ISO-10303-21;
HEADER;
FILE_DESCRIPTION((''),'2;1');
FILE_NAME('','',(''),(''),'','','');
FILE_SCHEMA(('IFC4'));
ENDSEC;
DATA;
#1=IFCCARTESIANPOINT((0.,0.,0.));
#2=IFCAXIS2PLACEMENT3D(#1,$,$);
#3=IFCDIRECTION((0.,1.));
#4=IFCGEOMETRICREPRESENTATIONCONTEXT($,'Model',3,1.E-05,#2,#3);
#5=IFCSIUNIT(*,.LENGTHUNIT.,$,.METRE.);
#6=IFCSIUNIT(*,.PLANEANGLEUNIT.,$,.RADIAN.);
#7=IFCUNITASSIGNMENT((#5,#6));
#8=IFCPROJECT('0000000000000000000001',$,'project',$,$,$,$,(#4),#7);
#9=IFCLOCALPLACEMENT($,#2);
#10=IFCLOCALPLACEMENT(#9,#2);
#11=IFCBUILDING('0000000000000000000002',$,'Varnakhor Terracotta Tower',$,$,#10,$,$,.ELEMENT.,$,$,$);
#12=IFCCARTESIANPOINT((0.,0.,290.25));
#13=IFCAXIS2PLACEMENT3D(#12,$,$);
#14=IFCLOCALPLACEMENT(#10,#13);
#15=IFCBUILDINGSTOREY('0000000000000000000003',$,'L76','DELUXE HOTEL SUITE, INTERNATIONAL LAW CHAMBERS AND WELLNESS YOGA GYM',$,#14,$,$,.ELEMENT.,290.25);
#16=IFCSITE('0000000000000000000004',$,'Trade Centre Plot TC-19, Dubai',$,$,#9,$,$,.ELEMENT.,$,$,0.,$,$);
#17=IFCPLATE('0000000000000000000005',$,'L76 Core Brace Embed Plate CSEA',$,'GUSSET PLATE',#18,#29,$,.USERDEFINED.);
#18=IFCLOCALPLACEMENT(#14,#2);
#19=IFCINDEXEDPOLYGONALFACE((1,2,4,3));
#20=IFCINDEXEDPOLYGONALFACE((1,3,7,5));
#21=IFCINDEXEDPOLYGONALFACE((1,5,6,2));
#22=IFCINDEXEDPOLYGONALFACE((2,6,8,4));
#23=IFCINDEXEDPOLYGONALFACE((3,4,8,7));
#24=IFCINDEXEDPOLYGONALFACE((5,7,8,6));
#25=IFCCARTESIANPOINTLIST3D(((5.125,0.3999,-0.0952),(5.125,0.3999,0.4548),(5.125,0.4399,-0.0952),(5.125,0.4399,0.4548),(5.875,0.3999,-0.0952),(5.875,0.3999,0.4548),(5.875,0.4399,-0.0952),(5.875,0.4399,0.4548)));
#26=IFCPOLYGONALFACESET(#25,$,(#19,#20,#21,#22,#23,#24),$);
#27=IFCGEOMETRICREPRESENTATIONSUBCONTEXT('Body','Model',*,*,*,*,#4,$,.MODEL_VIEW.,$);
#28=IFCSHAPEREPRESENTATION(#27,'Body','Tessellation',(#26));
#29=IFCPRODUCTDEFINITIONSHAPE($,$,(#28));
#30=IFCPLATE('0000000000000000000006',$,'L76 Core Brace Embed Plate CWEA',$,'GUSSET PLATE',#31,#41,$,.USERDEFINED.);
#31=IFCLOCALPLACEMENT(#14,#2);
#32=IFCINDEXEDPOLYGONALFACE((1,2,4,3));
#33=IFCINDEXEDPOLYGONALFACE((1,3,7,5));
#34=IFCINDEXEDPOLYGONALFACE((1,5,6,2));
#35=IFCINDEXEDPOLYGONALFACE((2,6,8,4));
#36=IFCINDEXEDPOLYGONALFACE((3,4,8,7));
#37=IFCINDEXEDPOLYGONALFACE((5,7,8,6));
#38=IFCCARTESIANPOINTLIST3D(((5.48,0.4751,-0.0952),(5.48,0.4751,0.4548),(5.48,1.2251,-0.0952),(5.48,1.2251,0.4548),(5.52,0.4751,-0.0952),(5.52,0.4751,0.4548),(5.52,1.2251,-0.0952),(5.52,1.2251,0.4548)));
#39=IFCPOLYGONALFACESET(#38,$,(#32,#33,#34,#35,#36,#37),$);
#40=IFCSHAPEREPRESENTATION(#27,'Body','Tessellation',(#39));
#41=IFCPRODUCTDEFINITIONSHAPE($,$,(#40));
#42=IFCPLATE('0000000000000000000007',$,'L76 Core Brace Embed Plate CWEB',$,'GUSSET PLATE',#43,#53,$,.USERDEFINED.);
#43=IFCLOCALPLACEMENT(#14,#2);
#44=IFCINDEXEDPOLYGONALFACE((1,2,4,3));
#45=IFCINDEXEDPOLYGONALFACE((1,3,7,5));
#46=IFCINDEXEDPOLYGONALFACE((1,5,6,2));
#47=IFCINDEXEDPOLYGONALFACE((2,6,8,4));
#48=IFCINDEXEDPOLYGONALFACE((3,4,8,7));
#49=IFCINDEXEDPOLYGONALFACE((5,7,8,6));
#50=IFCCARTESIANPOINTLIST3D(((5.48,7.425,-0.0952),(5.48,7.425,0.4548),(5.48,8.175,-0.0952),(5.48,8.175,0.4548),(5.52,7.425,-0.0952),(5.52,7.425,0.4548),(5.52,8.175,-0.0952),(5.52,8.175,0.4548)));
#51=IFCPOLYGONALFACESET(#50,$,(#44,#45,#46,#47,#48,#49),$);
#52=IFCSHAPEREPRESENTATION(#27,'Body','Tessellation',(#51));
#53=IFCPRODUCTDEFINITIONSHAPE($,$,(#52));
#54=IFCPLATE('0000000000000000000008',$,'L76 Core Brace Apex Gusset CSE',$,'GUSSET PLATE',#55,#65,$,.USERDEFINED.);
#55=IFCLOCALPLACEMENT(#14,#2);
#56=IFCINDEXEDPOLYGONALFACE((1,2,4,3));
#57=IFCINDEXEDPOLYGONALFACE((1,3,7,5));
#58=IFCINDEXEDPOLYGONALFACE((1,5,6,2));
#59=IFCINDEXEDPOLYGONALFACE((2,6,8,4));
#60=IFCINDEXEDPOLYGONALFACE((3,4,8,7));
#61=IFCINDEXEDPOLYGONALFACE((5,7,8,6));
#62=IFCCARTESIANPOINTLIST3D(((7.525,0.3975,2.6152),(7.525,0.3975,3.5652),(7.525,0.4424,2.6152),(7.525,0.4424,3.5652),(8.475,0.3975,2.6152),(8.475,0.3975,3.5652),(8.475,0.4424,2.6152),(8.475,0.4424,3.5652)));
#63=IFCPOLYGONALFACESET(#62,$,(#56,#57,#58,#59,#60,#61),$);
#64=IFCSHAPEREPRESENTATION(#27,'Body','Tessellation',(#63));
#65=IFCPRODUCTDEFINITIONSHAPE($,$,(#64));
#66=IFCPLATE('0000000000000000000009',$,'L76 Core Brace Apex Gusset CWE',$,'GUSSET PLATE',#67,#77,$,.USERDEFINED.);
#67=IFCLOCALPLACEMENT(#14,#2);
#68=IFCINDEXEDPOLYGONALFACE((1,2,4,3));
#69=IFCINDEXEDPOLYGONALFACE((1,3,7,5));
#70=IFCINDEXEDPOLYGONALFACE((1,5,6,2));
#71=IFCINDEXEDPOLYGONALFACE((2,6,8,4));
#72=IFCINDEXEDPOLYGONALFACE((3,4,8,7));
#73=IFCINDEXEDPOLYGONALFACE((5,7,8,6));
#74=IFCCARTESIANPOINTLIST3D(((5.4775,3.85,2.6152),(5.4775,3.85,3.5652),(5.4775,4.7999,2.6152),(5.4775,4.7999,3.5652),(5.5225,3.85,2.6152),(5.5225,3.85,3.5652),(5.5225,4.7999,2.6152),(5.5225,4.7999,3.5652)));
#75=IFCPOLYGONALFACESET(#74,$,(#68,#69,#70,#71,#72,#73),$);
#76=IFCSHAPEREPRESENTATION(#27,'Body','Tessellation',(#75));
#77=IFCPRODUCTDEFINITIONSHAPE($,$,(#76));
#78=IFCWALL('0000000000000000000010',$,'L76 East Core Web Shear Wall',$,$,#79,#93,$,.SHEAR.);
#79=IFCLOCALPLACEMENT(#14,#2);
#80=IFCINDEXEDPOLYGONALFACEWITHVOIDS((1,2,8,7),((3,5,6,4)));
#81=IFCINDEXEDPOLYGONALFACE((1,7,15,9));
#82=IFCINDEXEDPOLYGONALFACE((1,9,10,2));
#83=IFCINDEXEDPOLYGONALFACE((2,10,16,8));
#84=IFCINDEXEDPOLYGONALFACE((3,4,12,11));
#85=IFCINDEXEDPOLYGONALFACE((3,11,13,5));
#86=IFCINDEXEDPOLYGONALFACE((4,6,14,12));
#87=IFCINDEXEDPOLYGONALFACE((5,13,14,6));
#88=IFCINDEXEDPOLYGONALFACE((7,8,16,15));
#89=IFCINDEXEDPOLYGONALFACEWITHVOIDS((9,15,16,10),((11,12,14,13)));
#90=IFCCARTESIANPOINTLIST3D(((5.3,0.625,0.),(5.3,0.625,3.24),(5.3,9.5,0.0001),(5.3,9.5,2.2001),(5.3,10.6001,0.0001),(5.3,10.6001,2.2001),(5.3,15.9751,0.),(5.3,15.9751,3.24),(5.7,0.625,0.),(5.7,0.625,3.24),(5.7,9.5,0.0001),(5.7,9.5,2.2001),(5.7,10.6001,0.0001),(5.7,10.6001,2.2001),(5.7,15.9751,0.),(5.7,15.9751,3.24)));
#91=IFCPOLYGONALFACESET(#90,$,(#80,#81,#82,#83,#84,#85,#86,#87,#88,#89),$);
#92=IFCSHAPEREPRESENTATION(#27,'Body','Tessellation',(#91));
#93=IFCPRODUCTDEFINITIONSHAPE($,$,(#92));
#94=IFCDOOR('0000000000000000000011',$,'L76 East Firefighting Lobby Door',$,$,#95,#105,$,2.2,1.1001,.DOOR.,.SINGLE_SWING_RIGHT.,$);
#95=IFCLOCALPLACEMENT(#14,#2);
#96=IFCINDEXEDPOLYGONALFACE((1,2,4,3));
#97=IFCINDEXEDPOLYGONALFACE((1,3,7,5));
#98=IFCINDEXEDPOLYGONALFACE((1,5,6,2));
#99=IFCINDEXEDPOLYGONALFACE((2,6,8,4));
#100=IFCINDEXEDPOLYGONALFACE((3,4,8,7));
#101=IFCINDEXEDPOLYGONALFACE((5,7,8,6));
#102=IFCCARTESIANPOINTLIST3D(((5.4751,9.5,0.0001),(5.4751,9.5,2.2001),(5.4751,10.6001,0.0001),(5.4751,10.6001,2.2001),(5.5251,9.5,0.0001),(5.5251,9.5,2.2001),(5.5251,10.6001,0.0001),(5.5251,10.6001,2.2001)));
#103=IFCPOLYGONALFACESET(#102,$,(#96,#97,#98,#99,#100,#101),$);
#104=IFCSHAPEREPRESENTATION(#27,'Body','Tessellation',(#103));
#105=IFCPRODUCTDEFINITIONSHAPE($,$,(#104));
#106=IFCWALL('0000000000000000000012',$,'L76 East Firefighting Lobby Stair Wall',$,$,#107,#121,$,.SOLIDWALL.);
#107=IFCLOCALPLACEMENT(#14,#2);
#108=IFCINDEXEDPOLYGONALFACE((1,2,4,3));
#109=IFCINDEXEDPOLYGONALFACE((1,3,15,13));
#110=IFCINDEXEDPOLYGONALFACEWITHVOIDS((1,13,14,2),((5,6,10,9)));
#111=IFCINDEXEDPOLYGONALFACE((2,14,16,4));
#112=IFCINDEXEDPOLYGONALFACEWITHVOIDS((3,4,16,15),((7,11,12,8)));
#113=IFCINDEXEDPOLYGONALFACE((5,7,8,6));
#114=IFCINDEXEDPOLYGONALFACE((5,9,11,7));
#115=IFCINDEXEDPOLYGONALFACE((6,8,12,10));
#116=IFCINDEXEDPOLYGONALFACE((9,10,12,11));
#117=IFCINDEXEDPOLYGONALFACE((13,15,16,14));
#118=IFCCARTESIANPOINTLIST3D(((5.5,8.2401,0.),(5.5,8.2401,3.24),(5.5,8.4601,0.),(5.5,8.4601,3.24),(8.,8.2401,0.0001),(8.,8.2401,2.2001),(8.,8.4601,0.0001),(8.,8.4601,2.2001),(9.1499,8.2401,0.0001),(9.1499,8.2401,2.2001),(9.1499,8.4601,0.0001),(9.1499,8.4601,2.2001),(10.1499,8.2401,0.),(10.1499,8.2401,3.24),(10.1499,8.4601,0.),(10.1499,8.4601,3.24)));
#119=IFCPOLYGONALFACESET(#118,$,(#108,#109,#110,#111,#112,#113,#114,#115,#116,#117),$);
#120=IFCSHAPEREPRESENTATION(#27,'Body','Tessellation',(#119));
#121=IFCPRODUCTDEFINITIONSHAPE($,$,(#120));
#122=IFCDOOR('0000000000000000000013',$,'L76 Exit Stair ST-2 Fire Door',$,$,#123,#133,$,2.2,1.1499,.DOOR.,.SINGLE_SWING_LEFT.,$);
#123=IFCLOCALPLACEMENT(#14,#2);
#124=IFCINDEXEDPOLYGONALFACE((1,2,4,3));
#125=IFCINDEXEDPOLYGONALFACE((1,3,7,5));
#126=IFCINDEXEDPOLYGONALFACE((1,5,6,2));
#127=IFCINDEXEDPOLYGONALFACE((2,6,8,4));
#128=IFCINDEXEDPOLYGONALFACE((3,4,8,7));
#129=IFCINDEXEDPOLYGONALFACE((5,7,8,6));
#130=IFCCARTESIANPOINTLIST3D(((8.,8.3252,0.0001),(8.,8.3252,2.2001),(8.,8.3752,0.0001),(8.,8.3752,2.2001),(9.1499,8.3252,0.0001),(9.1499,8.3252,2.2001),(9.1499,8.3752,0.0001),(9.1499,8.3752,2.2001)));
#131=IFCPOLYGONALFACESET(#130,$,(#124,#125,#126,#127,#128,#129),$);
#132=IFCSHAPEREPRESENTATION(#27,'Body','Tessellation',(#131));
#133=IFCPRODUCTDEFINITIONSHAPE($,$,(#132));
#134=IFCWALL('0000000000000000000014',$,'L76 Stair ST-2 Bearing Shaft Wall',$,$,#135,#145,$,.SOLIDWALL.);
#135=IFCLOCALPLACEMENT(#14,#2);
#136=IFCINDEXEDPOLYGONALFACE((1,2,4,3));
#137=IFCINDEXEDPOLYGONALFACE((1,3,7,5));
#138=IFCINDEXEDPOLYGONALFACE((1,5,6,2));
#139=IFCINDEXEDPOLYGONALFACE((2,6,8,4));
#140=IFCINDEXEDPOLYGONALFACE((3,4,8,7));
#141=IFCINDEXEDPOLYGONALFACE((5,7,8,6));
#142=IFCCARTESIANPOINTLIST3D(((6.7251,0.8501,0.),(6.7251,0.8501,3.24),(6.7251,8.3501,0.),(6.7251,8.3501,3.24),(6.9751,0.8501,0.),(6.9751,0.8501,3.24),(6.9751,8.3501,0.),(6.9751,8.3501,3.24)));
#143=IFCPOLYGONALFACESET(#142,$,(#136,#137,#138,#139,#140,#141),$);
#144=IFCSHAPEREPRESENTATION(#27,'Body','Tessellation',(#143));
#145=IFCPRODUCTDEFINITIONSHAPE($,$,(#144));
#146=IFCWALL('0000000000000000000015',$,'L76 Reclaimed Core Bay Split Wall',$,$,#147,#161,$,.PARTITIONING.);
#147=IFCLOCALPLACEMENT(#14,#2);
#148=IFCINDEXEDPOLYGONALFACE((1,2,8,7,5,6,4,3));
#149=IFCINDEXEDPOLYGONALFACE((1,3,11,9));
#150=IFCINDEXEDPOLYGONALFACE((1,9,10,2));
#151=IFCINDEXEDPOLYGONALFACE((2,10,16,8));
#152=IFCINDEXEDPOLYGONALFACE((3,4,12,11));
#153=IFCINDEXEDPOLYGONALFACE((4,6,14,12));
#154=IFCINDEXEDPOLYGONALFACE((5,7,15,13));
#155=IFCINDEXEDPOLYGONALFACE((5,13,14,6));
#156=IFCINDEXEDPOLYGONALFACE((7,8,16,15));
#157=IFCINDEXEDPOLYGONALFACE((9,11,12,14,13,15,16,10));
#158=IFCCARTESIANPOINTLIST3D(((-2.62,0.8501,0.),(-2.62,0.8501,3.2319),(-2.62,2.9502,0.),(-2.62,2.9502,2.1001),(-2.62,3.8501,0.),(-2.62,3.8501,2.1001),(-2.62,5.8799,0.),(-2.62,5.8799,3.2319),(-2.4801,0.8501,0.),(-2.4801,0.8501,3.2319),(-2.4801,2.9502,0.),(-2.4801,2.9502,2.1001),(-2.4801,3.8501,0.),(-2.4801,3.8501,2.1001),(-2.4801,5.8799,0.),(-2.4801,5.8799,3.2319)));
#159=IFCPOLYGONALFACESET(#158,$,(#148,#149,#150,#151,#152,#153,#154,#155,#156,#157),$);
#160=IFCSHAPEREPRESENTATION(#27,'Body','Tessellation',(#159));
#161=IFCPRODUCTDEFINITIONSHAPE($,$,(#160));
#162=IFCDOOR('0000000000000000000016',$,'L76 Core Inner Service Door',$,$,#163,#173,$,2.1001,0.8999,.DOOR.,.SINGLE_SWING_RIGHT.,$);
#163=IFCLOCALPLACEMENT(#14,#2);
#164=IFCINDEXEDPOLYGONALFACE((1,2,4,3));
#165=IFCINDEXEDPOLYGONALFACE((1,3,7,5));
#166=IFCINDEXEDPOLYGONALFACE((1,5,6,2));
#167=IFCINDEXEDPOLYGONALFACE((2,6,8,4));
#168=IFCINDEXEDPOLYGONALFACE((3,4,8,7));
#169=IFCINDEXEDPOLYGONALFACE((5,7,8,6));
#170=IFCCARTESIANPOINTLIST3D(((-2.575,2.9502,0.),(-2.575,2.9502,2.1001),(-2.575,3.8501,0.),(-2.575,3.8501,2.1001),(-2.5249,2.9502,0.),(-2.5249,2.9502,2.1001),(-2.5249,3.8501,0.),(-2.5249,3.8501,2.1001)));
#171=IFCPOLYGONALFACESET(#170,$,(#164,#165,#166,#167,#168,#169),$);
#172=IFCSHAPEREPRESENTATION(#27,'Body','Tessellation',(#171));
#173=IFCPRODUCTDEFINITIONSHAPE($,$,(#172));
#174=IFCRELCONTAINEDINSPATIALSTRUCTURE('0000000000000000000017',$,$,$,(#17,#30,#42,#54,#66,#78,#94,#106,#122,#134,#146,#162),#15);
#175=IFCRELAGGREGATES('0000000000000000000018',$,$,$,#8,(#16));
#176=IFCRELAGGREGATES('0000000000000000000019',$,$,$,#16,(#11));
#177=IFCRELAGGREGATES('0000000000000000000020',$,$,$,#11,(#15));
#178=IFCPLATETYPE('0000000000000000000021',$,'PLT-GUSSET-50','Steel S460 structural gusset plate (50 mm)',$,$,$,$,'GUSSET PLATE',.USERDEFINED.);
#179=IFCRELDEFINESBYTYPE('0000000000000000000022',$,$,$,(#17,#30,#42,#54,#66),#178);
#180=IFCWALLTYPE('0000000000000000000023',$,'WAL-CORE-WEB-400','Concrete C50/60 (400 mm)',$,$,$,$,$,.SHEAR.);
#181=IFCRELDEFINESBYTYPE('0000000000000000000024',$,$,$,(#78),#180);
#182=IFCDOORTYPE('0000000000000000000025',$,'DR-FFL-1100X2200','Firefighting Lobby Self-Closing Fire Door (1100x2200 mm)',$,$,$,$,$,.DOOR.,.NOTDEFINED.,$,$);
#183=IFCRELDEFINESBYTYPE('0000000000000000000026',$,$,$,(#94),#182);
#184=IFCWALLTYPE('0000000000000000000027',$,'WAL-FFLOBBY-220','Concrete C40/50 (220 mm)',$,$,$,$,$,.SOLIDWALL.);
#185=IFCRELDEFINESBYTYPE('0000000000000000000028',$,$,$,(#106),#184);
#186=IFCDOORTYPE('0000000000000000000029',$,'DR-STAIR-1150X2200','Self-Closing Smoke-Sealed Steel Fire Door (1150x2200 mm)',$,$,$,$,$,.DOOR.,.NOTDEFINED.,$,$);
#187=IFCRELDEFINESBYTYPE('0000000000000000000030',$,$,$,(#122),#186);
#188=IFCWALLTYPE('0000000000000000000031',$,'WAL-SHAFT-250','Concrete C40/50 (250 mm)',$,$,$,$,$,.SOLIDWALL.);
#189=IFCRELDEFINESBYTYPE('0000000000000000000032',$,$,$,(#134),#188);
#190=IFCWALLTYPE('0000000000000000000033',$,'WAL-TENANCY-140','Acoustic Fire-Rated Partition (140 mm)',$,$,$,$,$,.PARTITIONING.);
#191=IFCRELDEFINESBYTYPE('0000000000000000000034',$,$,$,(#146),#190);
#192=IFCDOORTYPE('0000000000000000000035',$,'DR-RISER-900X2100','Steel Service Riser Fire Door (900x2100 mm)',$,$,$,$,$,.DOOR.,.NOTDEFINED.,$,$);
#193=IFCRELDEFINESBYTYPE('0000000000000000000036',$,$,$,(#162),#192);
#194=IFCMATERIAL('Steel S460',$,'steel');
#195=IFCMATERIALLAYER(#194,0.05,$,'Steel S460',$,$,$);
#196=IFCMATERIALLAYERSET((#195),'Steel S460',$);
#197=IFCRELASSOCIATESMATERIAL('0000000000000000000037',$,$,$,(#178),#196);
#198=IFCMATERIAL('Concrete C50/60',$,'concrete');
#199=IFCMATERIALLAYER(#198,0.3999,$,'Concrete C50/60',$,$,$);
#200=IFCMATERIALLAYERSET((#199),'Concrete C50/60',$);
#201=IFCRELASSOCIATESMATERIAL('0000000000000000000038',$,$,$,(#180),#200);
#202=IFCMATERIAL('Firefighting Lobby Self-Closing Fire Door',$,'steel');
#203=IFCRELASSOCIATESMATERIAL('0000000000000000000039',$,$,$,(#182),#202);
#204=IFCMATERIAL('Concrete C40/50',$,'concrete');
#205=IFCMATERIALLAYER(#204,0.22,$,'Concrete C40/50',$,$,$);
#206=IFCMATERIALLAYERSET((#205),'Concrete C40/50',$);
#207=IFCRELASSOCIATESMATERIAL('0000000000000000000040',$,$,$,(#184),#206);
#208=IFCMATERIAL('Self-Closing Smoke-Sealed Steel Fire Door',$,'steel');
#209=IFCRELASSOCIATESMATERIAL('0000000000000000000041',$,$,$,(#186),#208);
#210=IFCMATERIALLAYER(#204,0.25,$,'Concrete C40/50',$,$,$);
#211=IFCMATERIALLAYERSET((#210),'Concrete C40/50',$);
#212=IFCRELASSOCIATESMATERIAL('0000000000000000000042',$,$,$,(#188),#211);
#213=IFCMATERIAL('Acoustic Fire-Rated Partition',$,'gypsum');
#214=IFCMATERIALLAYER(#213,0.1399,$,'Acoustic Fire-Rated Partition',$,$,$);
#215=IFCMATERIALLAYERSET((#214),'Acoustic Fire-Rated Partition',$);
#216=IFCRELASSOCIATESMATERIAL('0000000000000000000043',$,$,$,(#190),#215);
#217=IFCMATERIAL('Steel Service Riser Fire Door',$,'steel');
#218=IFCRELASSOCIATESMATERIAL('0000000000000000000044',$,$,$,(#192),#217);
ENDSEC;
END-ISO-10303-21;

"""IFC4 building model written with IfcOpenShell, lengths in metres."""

from ifc_helpers import new_model, si_unit, direction, frame, frame_2d, origin, origin_2d, place, context, subcontext, project, spatial, rectangle, extrude, source, transform, mapped, material, layer, layer_set, type_object, type_shapes, element, fill, save


model = new_model("IFC4")

# Units and contexts
model_context = context("Model", 3, precision=1e-05, world=origin(), true_north=direction((0.0, 1.0)))
body_context = subcontext(model_context, "Body", "Model", "MODEL_VIEW")
ifc_project = project(units=[si_unit("LENGTHUNIT", "METRE"), si_unit("PLANEANGLEUNIT", "RADIAN")], contexts=[model_context])

# Site, building, storey
site_placement = place(None, origin())
site = spatial("IfcSite", under=ifc_project, at=site_placement, Name="Trade Centre Plot TC-19, Dubai", CompositionType="ELEMENT", RefElevation=0.0)
building_placement = place(site_placement, origin())
building = spatial("IfcBuilding", under=site, at=building_placement, Name="Varnakhor Terracotta Tower", CompositionType="ELEMENT")
storey_placement = place(building_placement, frame((0.0, 0.0, 290.25)))
storey = spatial("IfcBuildingStorey", under=building, at=storey_placement, Name="L76", Description="DELUXE HOTEL SUITE, INTERNATIONAL LAW CHAMBERS AND WELLNESS YOGA GYM", CompositionType="ELEMENT", Elevation=290.25)

# Shared definitions
ifc_material_1 = material(Name="Concrete C50/60", Category="concrete")

# Shared definitions
ifc_material_2 = material(Name="Concrete C40/50", Category="concrete")

# Plates
ifc_material_3 = material(Name="Steel S460", Category="steel")
ifc_layer_1 = layer(ifc_material_3, 0.05, Name="Steel S460")
ifc_layer_set_1 = layer_set([ifc_layer_1], Name="Steel S460")
plate_type = type_object("IfcPlateType", Name="PLT-GUSSET-50", Description="Steel S460 structural gusset plate (50 mm)", ElementType="GUSSET PLATE", PredefinedType="USERDEFINED", material=ifc_layer_set_1)
shared_shape_1 = source(origin(), body_context, "Body", "SweptSolid", [
    extrude(rectangle(XDim=0.75, YDim=0.04, at=origin_2d()), origin(), (0.0, 0.0, 1.0), 0.55),
])
type_shapes(plate_type, [shared_shape_1])
for number, where, z_axis, x_axis, name in (
    (1, (5.5, 0.4199, -0.0952), (0.0, 0.0, 1.0), (1.0, 0.0, 0.0), "L76 Core Brace Embed Plate CSEA"),
    (2, (5.5, 0.8501, -0.0952), (0.0, 0.0, 1.0), (0.0, 1.0, 0.0), "L76 Core Brace Embed Plate CWEA"),
    (3, (5.5, 7.8, -0.0952), (0.0, 0.0, 1.0), (0.0, 1.0, 0.0), "L76 Core Brace Embed Plate CWEB"),
):
    element("IfcPlate", number, at=place(storey_placement, frame(where, z_axis=z_axis, x_axis=x_axis)), inside=storey, type_object=plate_type, Name=name, ObjectType="GUSSET PLATE", PredefinedType="USERDEFINED", context=body_context, shape_type="MappedRepresentation", body=[
        mapped(shared_shape_1, transform((0.0, 0.0, 0.0), scale=1.0)),
    ])
shared_shape_2 = source(origin(), body_context, "Body", "SweptSolid", [
    extrude(rectangle(XDim=0.95, YDim=0.0449, at=origin_2d()), origin(), (0.0, 0.0, 1.0), 0.95),
])
for number, where, z_axis, x_axis, name in (
    (4, (8.0, 0.4199, 2.6152), (0.0, 0.0, 1.0), (1.0, 0.0, 0.0), "L76 Core Brace Apex Gusset CSE"),
    (5, (5.5, 4.325, 2.6152), (0.0, 0.0, 1.0), (0.0, 1.0, 0.0), "L76 Core Brace Apex Gusset CWE"),
):
    element("IfcPlate", number, at=place(storey_placement, frame(where, z_axis=z_axis, x_axis=x_axis)), inside=storey, type_object=plate_type, Name=name, ObjectType="GUSSET PLATE", PredefinedType="USERDEFINED", context=body_context, shape_type="MappedRepresentation", body=[
        mapped(shared_shape_2, transform((0.0, 0.0, 0.0), scale=1.0)),
    ])

# Walls, openings, doors
ifc_layer_2 = layer(ifc_material_1, 0.3999, Name="Concrete C50/60")
ifc_layer_set_2 = layer_set([ifc_layer_2], Name="Concrete C50/60")
wall_type_1 = type_object("IfcWallType", Name="WAL-CORE-WEB-400", Description="Concrete C50/60 (400 mm)", PredefinedType="SHEAR", material=ifc_layer_set_2)
wall_1_placement = place(storey_placement, frame((5.5, 0.625, 0.0), z_axis=(0.0, 0.0, 1.0), x_axis=(0.0, 1.0, 0.0)))
wall_1 = element("IfcWall", 6, at=wall_1_placement, inside=storey, type_object=wall_type_1, Name="L76 East Core Web Shear Wall", PredefinedType="SHEAR", context=body_context, shape_type="SweptSolid", body=[
    extrude(rectangle(XDim=15.3501, YDim=0.3999, at=frame_2d((7.675, 0.0))), origin(), (0.0, 0.0, 1.0), 3.24),
])
opening_1_placement = place(wall_1_placement, frame((8.875, 0.0, 0.0)))
opening_1 = element("IfcOpeningElement", 7, at=opening_1_placement, cuts=wall_1, PredefinedType="OPENING", context=body_context, shape_type="SweptSolid", body=[
    extrude(rectangle(XDim=1.1001, YDim=2.2, at=frame_2d((0.55, 1.1001))), frame((0.0, 0.21, 0.0), z_axis=(0.0, -1.0, 0.0), x_axis=(1.0, 0.0, 0.0)), (0.0, 0.0, 1.0), 0.4199),
])
ifc_material_4 = material(Name="Firefighting Lobby Self-Closing Fire Door", Category="steel")
door_type_1 = type_object("IfcDoorType", Name="DR-FFL-1100X2200", Description="Firefighting Lobby Self-Closing Fire Door (1100x2200 mm)", OperationType="NOTDEFINED", PredefinedType="DOOR", material=ifc_material_4)
shared_shape_3 = source(origin(), body_context, "Body", "SweptSolid", [
    extrude(rectangle(XDim=1.1001, YDim=2.2, at=frame_2d((0.55, 1.1001))), frame((0.0, 0.0249, 0.0), z_axis=(0.0, -1.0, 0.0), x_axis=(1.0, 0.0, 0.0)), (0.0, 0.0, 1.0), 0.05),
])
type_shapes(door_type_1, [shared_shape_3])
door_1_placement = place(opening_1_placement, origin())
door_1 = element("IfcDoor", 8, at=door_1_placement, inside=storey, type_object=door_type_1, Name="L76 East Firefighting Lobby Door", OperationType="SINGLE_SWING_RIGHT", OverallHeight=2.2, OverallWidth=1.1001, PredefinedType="DOOR", context=body_context, shape_type="MappedRepresentation", body=[
    mapped(shared_shape_3, transform((0.0, 0.0, 0.0), scale=1.0)),
])
fill(opening_1, door_1)
ifc_layer_3 = layer(ifc_material_2, 0.22, Name="Concrete C40/50")
ifc_layer_set_3 = layer_set([ifc_layer_3], Name="Concrete C40/50")
wall_type_2 = type_object("IfcWallType", Name="WAL-FFLOBBY-220", Description="Concrete C40/50 (220 mm)", PredefinedType="SOLIDWALL", material=ifc_layer_set_3)
wall_2_placement = place(storey_placement, frame((10.1499, 8.3501, 0.0), z_axis=(0.0, 0.0, 1.0), x_axis=(-1.0, 0.0, 0.0)))
wall_2 = element("IfcWall", 9, at=wall_2_placement, inside=storey, type_object=wall_type_2, Name="L76 East Firefighting Lobby Stair Wall", PredefinedType="SOLIDWALL", context=body_context, shape_type="SweptSolid", body=[
    extrude(rectangle(XDim=4.6499, YDim=0.22, at=frame_2d((2.325, 0.0))), origin(), (0.0, 0.0, 1.0), 3.24),
])
opening_2_placement = place(wall_2_placement, frame((1.0, 0.0, 0.0)))
opening_2 = element("IfcOpeningElement", 10, at=opening_2_placement, cuts=wall_2, PredefinedType="OPENING", context=body_context, shape_type="SweptSolid", body=[
    extrude(rectangle(XDim=1.1499, YDim=2.2, at=frame_2d((0.575, 1.1001))), frame((0.0, 0.1201, 0.0), z_axis=(0.0, -1.0, 0.0), x_axis=(1.0, 0.0, 0.0)), (0.0, 0.0, 1.0), 0.24),
])
ifc_material_5 = material(Name="Self-Closing Smoke-Sealed Steel Fire Door", Category="steel")
door_type_2 = type_object("IfcDoorType", Name="DR-STAIR-1150X2200", Description="Self-Closing Smoke-Sealed Steel Fire Door (1150x2200 mm)", OperationType="NOTDEFINED", PredefinedType="DOOR", material=ifc_material_5)
shared_shape_4 = source(origin(), body_context, "Body", "SweptSolid", [
    extrude(rectangle(XDim=1.1499, YDim=2.2, at=frame_2d((0.575, 1.1001))), frame((0.0, 0.0249, 0.0), z_axis=(0.0, -1.0, 0.0), x_axis=(1.0, 0.0, 0.0)), (0.0, 0.0, 1.0), 0.05),
])
type_shapes(door_type_2, [shared_shape_4])
door_2_placement = place(opening_2_placement, origin())
door_2 = element("IfcDoor", 11, at=door_2_placement, inside=storey, type_object=door_type_2, Name="L76 Exit Stair ST-2 Fire Door", OperationType="SINGLE_SWING_LEFT", OverallHeight=2.2, OverallWidth=1.1499, PredefinedType="DOOR", context=body_context, shape_type="MappedRepresentation", body=[
    mapped(shared_shape_4, transform((0.0, 0.0, 0.0), scale=1.0)),
])
fill(opening_2, door_2)

# Wall
ifc_layer_4 = layer(ifc_material_2, 0.25, Name="Concrete C40/50")
ifc_layer_set_4 = layer_set([ifc_layer_4], Name="Concrete C40/50")
wall_type_3 = type_object("IfcWallType", Name="WAL-SHAFT-250", Description="Concrete C40/50 (250 mm)", PredefinedType="SOLIDWALL", material=ifc_layer_set_4)
wall_3_placement = place(storey_placement, frame((6.8501, 0.8501, 0.0), z_axis=(0.0, 0.0, 1.0), x_axis=(0.0, 1.0, 0.0)))
element("IfcWall", 12, at=wall_3_placement, inside=storey, type_object=wall_type_3, Name="L76 Stair ST-2 Bearing Shaft Wall", PredefinedType="SOLIDWALL", context=body_context, shape_type="SweptSolid", body=[
    extrude(rectangle(XDim=7.5, YDim=0.25, at=frame_2d((3.75, 0.0))), origin(), (0.0, 0.0, 1.0), 3.24),
])

# Wall, opening, door
ifc_material_6 = material(Name="Acoustic Fire-Rated Partition", Category="gypsum")
ifc_layer_5 = layer(ifc_material_6, 0.1399, Name="Acoustic Fire-Rated Partition")
ifc_layer_set_5 = layer_set([ifc_layer_5], Name="Acoustic Fire-Rated Partition")
wall_type_4 = type_object("IfcWallType", Name="WAL-TENANCY-140", Description="Acoustic Fire-Rated Partition (140 mm)", PredefinedType="PARTITIONING", material=ifc_layer_set_5)
wall_4_placement = place(storey_placement, frame((-2.55, 0.8501, 0.0), z_axis=(0.0, 0.0, 1.0), x_axis=(0.0, 1.0, 0.0)))
wall_4 = element("IfcWall", 13, at=wall_4_placement, inside=storey, type_object=wall_type_4, Name="L76 Reclaimed Core Bay Split Wall", PredefinedType="PARTITIONING", context=body_context, shape_type="SweptSolid", body=[
    extrude(rectangle(XDim=5.0298, YDim=0.1399, at=frame_2d((2.5149, 0.0))), origin(), (0.0, 0.0, 1.0), 3.2319),
])
opening_3_placement = place(wall_4_placement, frame((2.1001, 0.0, 0.0)))
opening_3 = element("IfcOpeningElement", 14, at=opening_3_placement, cuts=wall_4, PredefinedType="OPENING", context=body_context, shape_type="SweptSolid", body=[
    extrude(rectangle(XDim=0.8999, YDim=2.1001, at=frame_2d((0.45, 1.05))), frame((0.0, 0.0801, 0.0), z_axis=(0.0, -1.0, 0.0), x_axis=(1.0, 0.0, 0.0)), (0.0, 0.0, 1.0), 0.1599),
])
ifc_material_7 = material(Name="Steel Service Riser Fire Door", Category="steel")
door_type_3 = type_object("IfcDoorType", Name="DR-RISER-900X2100", Description="Steel Service Riser Fire Door (900x2100 mm)", OperationType="NOTDEFINED", PredefinedType="DOOR", material=ifc_material_7)
shared_shape_5 = source(origin(), body_context, "Body", "SweptSolid", [
    extrude(rectangle(XDim=0.8999, YDim=2.1001, at=frame_2d((0.45, 1.05))), frame((0.0, 0.0249, 0.0), z_axis=(0.0, -1.0, 0.0), x_axis=(1.0, 0.0, 0.0)), (0.0, 0.0, 1.0), 0.05),
])
type_shapes(door_type_3, [shared_shape_5])
door_3_placement = place(opening_3_placement, origin())
door_3 = element("IfcDoor", 15, at=door_3_placement, inside=storey, type_object=door_type_3, Name="L76 Core Inner Service Door", OperationType="SINGLE_SWING_RIGHT", OverallHeight=2.1001, OverallWidth=0.8999, PredefinedType="DOOR", context=body_context, shape_type="MappedRepresentation", body=[
    mapped(shared_shape_5, transform((0.0, 0.0, 0.0), scale=1.0)),
])
fill(opening_3, door_3)

save(model, "model.ifc")
